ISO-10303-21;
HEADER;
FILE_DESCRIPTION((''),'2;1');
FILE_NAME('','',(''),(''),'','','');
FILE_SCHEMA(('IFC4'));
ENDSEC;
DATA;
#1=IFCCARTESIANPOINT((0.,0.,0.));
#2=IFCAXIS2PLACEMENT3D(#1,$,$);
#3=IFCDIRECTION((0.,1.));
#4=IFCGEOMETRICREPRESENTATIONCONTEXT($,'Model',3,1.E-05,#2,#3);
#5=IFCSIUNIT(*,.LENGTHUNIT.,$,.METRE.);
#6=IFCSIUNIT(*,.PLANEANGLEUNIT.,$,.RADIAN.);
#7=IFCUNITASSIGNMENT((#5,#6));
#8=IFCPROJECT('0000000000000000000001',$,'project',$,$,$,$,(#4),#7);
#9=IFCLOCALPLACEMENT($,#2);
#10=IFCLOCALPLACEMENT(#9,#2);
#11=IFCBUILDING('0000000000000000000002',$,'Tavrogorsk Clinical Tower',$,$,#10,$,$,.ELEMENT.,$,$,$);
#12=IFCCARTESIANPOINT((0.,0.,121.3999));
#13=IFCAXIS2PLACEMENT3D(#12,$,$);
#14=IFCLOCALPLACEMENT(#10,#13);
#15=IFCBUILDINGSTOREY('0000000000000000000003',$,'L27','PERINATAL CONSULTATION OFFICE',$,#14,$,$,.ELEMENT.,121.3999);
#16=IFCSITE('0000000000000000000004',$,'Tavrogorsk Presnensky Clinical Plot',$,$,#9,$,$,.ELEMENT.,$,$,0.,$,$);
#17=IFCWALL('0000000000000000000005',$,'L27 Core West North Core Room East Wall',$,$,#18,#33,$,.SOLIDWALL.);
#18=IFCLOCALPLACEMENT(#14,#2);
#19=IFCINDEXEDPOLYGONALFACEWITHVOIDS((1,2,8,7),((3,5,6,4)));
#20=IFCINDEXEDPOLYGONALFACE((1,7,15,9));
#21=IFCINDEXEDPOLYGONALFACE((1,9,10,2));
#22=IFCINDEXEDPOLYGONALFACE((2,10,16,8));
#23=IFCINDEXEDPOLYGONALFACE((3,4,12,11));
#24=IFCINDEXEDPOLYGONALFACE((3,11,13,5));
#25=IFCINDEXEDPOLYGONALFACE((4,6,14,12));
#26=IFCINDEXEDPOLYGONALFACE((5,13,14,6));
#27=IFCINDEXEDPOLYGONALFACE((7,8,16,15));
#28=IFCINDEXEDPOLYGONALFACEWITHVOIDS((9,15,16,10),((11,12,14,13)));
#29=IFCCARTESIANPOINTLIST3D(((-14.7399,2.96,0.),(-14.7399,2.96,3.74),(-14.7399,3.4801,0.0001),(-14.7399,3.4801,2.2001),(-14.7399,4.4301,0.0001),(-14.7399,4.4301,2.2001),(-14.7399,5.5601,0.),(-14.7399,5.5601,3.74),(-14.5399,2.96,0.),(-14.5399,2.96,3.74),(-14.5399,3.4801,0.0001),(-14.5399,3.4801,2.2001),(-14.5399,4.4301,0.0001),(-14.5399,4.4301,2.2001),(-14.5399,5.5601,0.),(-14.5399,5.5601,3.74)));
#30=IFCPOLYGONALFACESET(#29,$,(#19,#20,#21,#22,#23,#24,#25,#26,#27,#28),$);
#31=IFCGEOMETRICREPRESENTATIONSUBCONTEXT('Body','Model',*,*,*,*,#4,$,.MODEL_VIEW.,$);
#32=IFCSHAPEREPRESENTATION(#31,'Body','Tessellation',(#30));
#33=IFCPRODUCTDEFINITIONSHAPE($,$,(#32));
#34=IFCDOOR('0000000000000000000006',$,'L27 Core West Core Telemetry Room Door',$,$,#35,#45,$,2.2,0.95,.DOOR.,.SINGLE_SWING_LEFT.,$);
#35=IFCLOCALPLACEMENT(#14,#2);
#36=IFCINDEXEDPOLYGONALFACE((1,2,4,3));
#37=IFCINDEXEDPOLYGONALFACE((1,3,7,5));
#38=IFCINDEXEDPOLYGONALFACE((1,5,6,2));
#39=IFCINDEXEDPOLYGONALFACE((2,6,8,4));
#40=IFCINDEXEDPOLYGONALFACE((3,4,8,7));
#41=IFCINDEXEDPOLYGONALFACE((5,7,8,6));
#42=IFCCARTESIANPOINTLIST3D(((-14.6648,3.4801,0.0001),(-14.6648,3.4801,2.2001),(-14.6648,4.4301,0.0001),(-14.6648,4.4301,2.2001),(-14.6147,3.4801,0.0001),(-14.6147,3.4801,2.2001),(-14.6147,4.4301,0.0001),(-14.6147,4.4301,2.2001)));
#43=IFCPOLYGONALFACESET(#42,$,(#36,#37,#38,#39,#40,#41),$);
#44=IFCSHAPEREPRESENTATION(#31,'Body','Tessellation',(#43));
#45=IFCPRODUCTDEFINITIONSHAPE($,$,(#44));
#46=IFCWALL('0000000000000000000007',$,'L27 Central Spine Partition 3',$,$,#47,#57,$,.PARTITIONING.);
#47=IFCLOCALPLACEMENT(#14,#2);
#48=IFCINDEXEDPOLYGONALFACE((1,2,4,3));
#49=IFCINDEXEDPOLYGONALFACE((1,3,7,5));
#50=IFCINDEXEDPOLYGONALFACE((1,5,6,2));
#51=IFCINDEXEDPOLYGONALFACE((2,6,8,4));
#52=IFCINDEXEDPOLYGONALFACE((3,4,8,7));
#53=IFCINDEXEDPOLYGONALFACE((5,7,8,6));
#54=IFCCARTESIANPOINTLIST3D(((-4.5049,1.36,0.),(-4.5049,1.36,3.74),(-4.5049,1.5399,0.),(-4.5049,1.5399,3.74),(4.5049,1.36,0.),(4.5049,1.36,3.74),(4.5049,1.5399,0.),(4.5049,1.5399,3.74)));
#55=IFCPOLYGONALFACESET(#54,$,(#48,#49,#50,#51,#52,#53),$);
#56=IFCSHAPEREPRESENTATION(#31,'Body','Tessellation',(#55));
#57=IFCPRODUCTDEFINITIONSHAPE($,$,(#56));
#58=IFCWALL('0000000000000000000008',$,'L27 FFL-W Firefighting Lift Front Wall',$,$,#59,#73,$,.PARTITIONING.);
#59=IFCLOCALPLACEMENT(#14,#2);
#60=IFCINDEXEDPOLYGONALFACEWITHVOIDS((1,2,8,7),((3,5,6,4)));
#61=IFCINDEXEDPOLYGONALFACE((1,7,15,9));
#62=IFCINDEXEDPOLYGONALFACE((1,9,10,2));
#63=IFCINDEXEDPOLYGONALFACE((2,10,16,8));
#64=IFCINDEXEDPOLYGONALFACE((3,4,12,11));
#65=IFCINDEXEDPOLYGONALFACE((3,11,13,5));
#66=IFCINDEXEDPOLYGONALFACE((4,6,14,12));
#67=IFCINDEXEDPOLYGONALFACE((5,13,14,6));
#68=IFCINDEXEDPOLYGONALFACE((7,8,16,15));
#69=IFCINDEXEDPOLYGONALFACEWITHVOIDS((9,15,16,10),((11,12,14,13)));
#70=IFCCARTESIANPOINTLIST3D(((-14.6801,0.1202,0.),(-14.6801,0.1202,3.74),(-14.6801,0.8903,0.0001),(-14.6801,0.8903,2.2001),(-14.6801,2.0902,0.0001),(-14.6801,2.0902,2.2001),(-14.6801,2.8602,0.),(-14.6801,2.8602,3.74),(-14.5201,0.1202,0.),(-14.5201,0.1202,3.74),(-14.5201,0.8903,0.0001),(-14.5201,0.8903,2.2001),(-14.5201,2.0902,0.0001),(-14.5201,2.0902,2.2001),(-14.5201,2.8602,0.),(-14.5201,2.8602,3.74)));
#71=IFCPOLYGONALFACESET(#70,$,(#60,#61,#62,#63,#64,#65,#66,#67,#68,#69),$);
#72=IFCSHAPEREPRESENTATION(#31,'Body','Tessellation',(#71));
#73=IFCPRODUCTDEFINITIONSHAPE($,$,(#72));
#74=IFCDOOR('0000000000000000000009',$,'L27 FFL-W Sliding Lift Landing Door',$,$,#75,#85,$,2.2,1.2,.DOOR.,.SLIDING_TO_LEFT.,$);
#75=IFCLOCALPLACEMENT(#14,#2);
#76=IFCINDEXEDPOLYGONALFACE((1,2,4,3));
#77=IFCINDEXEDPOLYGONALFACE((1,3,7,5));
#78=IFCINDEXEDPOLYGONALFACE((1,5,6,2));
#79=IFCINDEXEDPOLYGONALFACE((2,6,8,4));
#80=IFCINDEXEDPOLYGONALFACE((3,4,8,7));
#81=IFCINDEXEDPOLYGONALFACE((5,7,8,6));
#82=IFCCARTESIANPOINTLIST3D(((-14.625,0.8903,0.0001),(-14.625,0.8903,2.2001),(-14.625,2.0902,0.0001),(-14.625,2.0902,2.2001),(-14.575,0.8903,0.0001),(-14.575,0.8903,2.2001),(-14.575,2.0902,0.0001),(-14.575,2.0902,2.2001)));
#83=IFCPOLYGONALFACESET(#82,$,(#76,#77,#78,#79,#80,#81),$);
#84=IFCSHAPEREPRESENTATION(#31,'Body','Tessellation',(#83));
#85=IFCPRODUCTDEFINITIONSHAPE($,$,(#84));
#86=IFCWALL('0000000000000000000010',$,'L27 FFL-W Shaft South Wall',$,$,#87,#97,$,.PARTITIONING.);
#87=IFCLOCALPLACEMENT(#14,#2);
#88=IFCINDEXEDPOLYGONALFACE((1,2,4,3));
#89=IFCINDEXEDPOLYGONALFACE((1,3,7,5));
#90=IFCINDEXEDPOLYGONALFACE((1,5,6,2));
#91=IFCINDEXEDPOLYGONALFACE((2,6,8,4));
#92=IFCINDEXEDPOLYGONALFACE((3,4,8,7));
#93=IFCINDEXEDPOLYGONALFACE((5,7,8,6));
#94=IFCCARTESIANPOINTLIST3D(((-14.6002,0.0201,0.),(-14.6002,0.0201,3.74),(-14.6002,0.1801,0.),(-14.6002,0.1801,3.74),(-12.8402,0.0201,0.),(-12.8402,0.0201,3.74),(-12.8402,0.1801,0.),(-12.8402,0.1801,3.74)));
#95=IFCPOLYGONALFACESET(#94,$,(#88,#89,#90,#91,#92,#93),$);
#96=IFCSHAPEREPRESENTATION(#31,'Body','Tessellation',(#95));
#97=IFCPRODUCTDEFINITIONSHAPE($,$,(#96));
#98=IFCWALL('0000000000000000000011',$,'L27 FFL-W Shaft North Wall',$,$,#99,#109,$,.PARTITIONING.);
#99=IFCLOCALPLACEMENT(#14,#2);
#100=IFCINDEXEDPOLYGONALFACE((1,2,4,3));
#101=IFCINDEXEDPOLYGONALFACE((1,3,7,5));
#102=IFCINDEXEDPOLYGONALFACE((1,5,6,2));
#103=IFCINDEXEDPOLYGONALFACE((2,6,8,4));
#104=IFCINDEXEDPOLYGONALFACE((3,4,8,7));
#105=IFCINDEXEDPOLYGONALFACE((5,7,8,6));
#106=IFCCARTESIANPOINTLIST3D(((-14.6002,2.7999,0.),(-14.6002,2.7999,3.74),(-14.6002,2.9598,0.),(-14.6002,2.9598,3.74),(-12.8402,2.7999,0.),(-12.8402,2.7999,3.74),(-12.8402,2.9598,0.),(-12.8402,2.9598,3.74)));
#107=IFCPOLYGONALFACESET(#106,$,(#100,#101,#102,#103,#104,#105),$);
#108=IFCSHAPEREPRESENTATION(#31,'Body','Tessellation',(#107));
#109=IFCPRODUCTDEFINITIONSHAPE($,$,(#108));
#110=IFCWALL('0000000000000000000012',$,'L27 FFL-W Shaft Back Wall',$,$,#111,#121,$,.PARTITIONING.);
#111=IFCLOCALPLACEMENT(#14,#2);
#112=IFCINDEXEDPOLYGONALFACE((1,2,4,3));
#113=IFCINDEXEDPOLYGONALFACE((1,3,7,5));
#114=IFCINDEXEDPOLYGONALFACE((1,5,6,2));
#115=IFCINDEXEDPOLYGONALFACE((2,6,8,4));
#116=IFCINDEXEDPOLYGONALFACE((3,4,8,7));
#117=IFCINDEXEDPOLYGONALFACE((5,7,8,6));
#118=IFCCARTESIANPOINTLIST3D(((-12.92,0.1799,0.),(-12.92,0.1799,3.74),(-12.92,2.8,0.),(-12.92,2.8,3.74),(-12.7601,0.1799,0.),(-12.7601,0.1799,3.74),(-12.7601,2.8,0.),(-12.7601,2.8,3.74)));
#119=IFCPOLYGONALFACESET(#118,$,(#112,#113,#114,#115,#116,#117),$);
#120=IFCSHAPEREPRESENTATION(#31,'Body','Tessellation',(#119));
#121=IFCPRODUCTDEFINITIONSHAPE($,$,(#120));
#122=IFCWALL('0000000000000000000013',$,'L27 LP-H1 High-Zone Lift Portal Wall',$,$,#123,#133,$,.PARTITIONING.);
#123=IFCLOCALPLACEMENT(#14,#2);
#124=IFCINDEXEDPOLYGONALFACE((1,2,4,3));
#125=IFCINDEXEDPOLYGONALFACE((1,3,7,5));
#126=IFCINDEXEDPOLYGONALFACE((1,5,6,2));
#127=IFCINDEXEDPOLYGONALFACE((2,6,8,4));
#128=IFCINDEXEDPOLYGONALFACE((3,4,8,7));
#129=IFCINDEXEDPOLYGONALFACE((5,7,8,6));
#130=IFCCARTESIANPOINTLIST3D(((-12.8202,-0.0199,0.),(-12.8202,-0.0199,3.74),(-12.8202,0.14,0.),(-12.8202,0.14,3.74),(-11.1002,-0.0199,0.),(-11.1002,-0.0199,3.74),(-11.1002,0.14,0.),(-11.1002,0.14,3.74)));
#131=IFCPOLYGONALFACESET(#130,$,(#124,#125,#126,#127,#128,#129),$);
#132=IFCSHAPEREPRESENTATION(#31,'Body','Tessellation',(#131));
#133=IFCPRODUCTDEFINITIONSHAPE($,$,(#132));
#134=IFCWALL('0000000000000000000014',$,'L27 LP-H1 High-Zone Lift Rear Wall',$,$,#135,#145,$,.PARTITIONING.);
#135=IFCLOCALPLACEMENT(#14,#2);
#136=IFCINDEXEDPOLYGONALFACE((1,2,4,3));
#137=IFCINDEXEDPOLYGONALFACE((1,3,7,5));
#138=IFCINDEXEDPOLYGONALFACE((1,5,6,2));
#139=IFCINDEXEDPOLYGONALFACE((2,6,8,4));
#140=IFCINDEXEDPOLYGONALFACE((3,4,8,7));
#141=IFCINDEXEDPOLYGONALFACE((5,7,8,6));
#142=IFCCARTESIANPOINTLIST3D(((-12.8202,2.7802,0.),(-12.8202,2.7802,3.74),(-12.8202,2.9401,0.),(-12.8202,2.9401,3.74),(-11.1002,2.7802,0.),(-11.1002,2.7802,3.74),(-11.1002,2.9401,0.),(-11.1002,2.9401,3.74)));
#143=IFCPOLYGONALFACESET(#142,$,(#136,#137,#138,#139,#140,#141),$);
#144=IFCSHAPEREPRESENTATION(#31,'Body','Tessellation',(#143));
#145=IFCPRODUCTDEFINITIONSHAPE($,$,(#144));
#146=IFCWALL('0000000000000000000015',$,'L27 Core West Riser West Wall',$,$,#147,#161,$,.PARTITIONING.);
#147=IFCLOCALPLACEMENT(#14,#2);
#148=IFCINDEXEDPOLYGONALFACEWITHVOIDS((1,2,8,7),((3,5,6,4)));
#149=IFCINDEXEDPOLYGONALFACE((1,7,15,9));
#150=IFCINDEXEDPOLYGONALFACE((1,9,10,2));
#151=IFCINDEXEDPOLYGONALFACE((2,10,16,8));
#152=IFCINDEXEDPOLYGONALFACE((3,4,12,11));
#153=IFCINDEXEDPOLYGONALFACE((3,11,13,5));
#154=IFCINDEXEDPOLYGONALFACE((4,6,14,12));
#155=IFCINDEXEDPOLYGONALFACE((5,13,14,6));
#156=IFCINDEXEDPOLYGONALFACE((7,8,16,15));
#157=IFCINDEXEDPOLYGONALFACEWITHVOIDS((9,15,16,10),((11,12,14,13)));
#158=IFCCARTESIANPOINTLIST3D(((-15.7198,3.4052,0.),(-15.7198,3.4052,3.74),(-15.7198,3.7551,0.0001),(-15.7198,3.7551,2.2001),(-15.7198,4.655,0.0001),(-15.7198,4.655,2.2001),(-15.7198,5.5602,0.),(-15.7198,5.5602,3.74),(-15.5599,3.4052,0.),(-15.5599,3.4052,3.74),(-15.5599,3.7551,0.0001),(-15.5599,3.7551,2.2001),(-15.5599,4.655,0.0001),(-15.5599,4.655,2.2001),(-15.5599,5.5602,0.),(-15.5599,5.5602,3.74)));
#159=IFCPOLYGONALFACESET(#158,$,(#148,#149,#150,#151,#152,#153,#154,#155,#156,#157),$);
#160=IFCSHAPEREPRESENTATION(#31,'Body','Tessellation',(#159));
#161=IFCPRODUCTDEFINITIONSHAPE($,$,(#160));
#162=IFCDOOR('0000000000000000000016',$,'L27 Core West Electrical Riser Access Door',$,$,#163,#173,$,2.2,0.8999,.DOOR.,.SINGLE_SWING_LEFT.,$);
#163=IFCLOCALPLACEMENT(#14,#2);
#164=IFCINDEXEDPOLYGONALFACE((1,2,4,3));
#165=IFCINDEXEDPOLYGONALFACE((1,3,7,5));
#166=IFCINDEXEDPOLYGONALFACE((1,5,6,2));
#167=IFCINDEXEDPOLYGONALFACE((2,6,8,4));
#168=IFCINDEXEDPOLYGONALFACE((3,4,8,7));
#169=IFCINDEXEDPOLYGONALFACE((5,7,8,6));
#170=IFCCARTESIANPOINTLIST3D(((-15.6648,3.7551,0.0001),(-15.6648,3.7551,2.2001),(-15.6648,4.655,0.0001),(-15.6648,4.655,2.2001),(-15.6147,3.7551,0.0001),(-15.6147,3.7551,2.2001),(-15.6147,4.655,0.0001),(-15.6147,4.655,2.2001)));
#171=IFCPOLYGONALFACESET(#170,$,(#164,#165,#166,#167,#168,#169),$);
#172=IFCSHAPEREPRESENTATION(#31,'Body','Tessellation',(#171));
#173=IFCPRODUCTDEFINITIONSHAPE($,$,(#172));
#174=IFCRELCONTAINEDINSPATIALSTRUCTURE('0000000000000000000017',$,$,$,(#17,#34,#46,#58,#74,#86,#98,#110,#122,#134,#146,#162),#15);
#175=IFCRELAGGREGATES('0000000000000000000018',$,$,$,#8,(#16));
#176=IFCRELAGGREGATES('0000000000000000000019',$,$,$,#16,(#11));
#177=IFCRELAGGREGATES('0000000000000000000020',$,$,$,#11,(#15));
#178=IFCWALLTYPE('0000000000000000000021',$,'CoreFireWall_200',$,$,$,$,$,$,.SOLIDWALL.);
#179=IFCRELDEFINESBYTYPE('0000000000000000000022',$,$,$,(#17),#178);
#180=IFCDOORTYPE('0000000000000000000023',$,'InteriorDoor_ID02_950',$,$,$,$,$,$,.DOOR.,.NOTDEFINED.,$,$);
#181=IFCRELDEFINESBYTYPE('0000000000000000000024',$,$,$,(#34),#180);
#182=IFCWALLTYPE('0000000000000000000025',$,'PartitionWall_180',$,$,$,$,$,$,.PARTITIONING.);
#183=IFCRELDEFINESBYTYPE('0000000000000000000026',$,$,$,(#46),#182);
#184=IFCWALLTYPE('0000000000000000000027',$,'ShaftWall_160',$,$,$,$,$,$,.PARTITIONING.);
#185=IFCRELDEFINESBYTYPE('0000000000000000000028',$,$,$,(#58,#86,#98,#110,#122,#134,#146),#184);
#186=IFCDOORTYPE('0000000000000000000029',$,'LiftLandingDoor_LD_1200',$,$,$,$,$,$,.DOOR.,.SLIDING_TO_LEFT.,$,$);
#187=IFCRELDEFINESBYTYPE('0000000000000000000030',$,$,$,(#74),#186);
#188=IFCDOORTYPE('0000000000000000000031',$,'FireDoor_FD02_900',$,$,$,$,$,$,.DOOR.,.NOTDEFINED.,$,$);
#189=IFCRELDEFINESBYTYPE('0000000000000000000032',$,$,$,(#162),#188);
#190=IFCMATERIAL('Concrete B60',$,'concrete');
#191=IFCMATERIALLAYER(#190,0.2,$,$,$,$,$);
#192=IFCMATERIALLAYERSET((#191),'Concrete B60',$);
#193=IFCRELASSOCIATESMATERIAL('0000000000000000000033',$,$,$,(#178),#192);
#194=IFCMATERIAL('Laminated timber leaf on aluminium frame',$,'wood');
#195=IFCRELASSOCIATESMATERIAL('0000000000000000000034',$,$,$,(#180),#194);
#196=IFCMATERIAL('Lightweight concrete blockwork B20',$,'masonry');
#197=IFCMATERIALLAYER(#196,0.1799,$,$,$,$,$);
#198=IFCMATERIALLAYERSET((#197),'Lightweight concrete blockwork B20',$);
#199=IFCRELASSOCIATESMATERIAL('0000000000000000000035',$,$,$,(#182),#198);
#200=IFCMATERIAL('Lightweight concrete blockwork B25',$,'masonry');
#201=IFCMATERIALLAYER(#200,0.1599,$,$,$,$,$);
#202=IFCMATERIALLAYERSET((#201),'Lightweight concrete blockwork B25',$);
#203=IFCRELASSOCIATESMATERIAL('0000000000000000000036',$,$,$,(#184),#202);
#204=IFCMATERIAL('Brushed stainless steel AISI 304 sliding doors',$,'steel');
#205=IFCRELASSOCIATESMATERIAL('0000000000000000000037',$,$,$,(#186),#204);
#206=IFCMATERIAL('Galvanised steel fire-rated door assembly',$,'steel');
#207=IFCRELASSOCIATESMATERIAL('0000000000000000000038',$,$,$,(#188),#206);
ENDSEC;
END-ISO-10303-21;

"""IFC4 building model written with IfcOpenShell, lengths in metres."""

from ifc_helpers import new_model, si_unit, direction, frame, frame_2d, origin, place, context, subcontext, project, spatial, rectangle, extrude, material, layer, layer_set, type_object, element, fill, save


model = new_model("IFC4")

# Units and contexts
model_context = context("Model", 3, precision=1e-05, world=origin(), true_north=direction((0.0, 1.0)))
body_context = subcontext(model_context, "Body", "Model", "MODEL_VIEW")
ifc_project = project(units=[si_unit("LENGTHUNIT", "METRE"), si_unit("PLANEANGLEUNIT", "RADIAN")], contexts=[model_context])

# Site, building, storey
site_placement = place(None, origin())
site = spatial("IfcSite", under=ifc_project, at=site_placement, Name="Tavrogorsk Presnensky Clinical Plot", CompositionType="ELEMENT", RefElevation=0.0)
building_placement = place(site_placement, origin())
building = spatial("IfcBuilding", under=site, at=building_placement, Name="Tavrogorsk Clinical Tower", CompositionType="ELEMENT")
storey_placement = place(building_placement, frame((0.0, 0.0, 121.3999)))
storey = spatial("IfcBuildingStorey", under=building, at=storey_placement, Name="L27", Description="PERINATAL CONSULTATION OFFICE", CompositionType="ELEMENT", Elevation=121.3999)

# Wall, opening, door
ifc_material_1 = material(Name="Concrete B60", Category="concrete")
ifc_layer_1 = layer(ifc_material_1, 0.2)
ifc_layer_set_1 = layer_set([ifc_layer_1], Name="Concrete B60")
wall_type_1 = type_object("IfcWallType", Name="CoreFireWall_200", PredefinedType="SOLIDWALL", material=ifc_layer_set_1)
wall_1_placement = place(storey_placement, frame((-14.6399, 2.96, 0.0), z_axis=(0.0, 0.0, 1.0), x_axis=(0.0, 1.0, 0.0)))
wall_1 = element("IfcWall", 1, at=wall_1_placement, inside=storey, type_object=wall_type_1, Name="L27 Core West North Core Room East Wall", PredefinedType="SOLIDWALL", context=body_context, shape_type="SweptSolid", body=[
    extrude(rectangle(XDim=2.6001, YDim=0.2, at=frame_2d((1.3, 0.0))), origin(), (0.0, 0.0, 1.0), 3.74),
])
opening_1_placement = place(wall_1_placement, frame((0.52, 0.0, 0.0)))
opening_1 = element("IfcOpeningElement", 2, at=opening_1_placement, cuts=wall_1, PredefinedType="OPENING", context=body_context, shape_type="SweptSolid", body=[
    extrude(rectangle(XDim=0.95, YDim=2.2, at=frame_2d((0.4751, 1.1001))), frame((0.0, 0.1099, 0.0), z_axis=(0.0, -1.0, 0.0), x_axis=(1.0, 0.0, 0.0)), (0.0, 0.0, 1.0), 0.22),
])
ifc_material_2 = material(Name="Laminated timber leaf on aluminium frame", Category="wood")
door_type_1 = type_object("IfcDoorType", Name="InteriorDoor_ID02_950", OperationType="NOTDEFINED", PredefinedType="DOOR", material=ifc_material_2)
door_1_placement = place(opening_1_placement, origin())
door_1 = element("IfcDoor", 3, at=door_1_placement, inside=storey, type_object=door_type_1, Name="L27 Core West Core Telemetry Room Door", OperationType="SINGLE_SWING_LEFT", OverallHeight=2.2, OverallWidth=0.95, PredefinedType="DOOR", context=body_context, shape_type="SweptSolid", body=[
    extrude(rectangle(XDim=0.95, YDim=2.2, at=frame_2d((0.4751, 1.1001))), frame((0.0, 0.0249, 0.0), z_axis=(0.0, -1.0, 0.0), x_axis=(1.0, 0.0, 0.0)), (0.0, 0.0, 1.0), 0.05),
])
fill(opening_1, door_1)

# Wall
ifc_material_3 = material(Name="Lightweight concrete blockwork B20", Category="masonry")
ifc_layer_2 = layer(ifc_material_3, 0.1799)
ifc_layer_set_2 = layer_set([ifc_layer_2], Name="Lightweight concrete blockwork B20")
wall_type_2 = type_object("IfcWallType", Name="PartitionWall_180", PredefinedType="PARTITIONING", material=ifc_layer_set_2)
wall_2_placement = place(storey_placement, frame((-4.5049, 1.45, 0.0), z_axis=(0.0, 0.0, 1.0), x_axis=(1.0, 0.0, 0.0)))
element("IfcWall", 4, at=wall_2_placement, inside=storey, type_object=wall_type_2, Name="L27 Central Spine Partition 3", PredefinedType="PARTITIONING", context=body_context, shape_type="SweptSolid", body=[
    extrude(rectangle(XDim=9.0098, YDim=0.1799, at=frame_2d((4.5049, 0.0))), origin(), (0.0, 0.0, 1.0), 3.74),
])

# Wall, opening, door
ifc_material_4 = material(Name="Lightweight concrete blockwork B25", Category="masonry")
ifc_layer_3 = layer(ifc_material_4, 0.1599)
ifc_layer_set_3 = layer_set([ifc_layer_3], Name="Lightweight concrete blockwork B25")
wall_type_3 = type_object("IfcWallType", Name="ShaftWall_160", PredefinedType="PARTITIONING", material=ifc_layer_set_3)
wall_3_placement = place(storey_placement, frame((-14.6001, 0.1201, 0.0), z_axis=(0.0, 0.0, 1.0), x_axis=(0.0, 1.0, 0.0)))
wall_3 = element("IfcWall", 5, at=wall_3_placement, inside=storey, type_object=wall_type_3, Name="L27 FFL-W Firefighting Lift Front Wall", PredefinedType="PARTITIONING", context=body_context, shape_type="SweptSolid", body=[
    extrude(rectangle(XDim=2.74, YDim=0.1599, at=frame_2d((1.3701, 0.0))), origin(), (0.0, 0.0, 1.0), 3.74),
])
opening_2_placement = place(wall_3_placement, frame((0.77, 0.0, 0.0)))
opening_2 = element("IfcOpeningElement", 6, at=opening_2_placement, cuts=wall_3, PredefinedType="OPENING", context=body_context, shape_type="SweptSolid", body=[
    extrude(rectangle(XDim=1.2, YDim=2.2, at=frame_2d((0.6001, 1.1001))), frame((0.0, 0.0898, 0.0), z_axis=(0.0, -1.0, 0.0), x_axis=(1.0, 0.0, 0.0)), (0.0, 0.0, 1.0), 0.1799),
])
ifc_material_5 = material(Name="Brushed stainless steel AISI 304 sliding doors", Category="steel")
door_type_2 = type_object("IfcDoorType", Name="LiftLandingDoor_LD_1200", OperationType="SLIDING_TO_LEFT", PredefinedType="DOOR", material=ifc_material_5)
door_2_placement = place(opening_2_placement, origin())
door_2 = element("IfcDoor", 7, at=door_2_placement, inside=storey, type_object=door_type_2, Name="L27 FFL-W Sliding Lift Landing Door", OperationType="SLIDING_TO_LEFT", OverallHeight=2.2, OverallWidth=1.2, PredefinedType="DOOR", context=body_context, shape_type="SweptSolid", body=[
    extrude(rectangle(XDim=1.2, YDim=2.2, at=frame_2d((0.6001, 1.1001))), frame((0.0, 0.0249, 0.0), z_axis=(0.0, -1.0, 0.0), x_axis=(1.0, 0.0, 0.0)), (0.0, 0.0, 1.0), 0.05),
])
fill(opening_2, door_2)

# Walls
for number, where, z_axis, x_axis, name in (
    (8, (-14.6001, 0.1001, 0.0), (0.0, 0.0, 1.0), (1.0, 0.0, 0.0), "L27 FFL-W Shaft South Wall"),
    (9, (-14.6001, 2.8799, 0.0), (0.0, 0.0, 1.0), (1.0, 0.0, 0.0), "L27 FFL-W Shaft North Wall"),
):
    element("IfcWall", number, at=place(storey_placement, frame(where, z_axis=z_axis, x_axis=x_axis)), inside=storey, type_object=wall_type_3, Name=name, PredefinedType="PARTITIONING", context=body_context, shape_type="SweptSolid", body=[
        extrude(rectangle(XDim=1.76, YDim=0.1599, at=frame_2d((0.8799, 0.0))), origin(), (0.0, 0.0, 1.0), 3.74),
    ])
wall_4_placement = place(storey_placement, frame((-12.8401, 0.1799, 0.0), z_axis=(0.0, 0.0, 1.0), x_axis=(0.0, 1.0, 0.0)))
element("IfcWall", 10, at=wall_4_placement, inside=storey, type_object=wall_type_3, Name="L27 FFL-W Shaft Back Wall", PredefinedType="PARTITIONING", context=body_context, shape_type="SweptSolid", body=[
    extrude(rectangle(XDim=2.6201, YDim=0.1599, at=frame_2d((1.3101, 0.0))), origin(), (0.0, 0.0, 1.0), 3.74),
])
for number, where, z_axis, x_axis, name in (
    (11, (-12.8201, 0.0601, 0.0), (0.0, 0.0, 1.0), (1.0, 0.0, 0.0), "L27 LP-H1 High-Zone Lift Portal Wall"),
    (12, (-12.8201, 2.8601, 0.0), (0.0, 0.0, 1.0), (1.0, 0.0, 0.0), "L27 LP-H1 High-Zone Lift Rear Wall"),
):
    element("IfcWall", number, at=place(storey_placement, frame(where, z_axis=z_axis, x_axis=x_axis)), inside=storey, type_object=wall_type_3, Name=name, PredefinedType="PARTITIONING", context=body_context, shape_type="SweptSolid", body=[
        extrude(rectangle(XDim=1.72, YDim=0.1599, at=frame_2d((0.8599, 0.0))), origin(), (0.0, 0.0, 1.0), 3.74),
    ])

# Wall, opening, door
wall_5_placement = place(storey_placement, frame((-15.6399, 3.405, 0.0), z_axis=(0.0, 0.0, 1.0), x_axis=(0.0, 1.0, 0.0)))
wall_5 = element("IfcWall", 13, at=wall_5_placement, inside=storey, type_object=wall_type_3, Name="L27 Core West Riser West Wall", PredefinedType="PARTITIONING", context=body_context, shape_type="SweptSolid", body=[
    extrude(rectangle(XDim=2.155, YDim=0.1599, at=frame_2d((1.0776, 0.0))), origin(), (0.0, 0.0, 1.0), 3.74),
])
opening_3_placement = place(wall_5_placement, frame((0.3501, 0.0, 0.0)))
opening_3 = element("IfcOpeningElement", 14, at=opening_3_placement, cuts=wall_5, PredefinedType="OPENING", context=body_context, shape_type="SweptSolid", body=[
    extrude(rectangle(XDim=0.8999, YDim=2.2, at=frame_2d((0.45, 1.1001))), frame((0.0, 0.0898, 0.0), z_axis=(0.0, -1.0, 0.0), x_axis=(1.0, 0.0, 0.0)), (0.0, 0.0, 1.0), 0.1799),
])
ifc_material_6 = material(Name="Galvanised steel fire-rated door assembly", Category="steel")
door_type_3 = type_object("IfcDoorType", Name="FireDoor_FD02_900", OperationType="NOTDEFINED", PredefinedType="DOOR", material=ifc_material_6)
door_3_placement = place(opening_3_placement, origin())
door_3 = element("IfcDoor", 15, at=door_3_placement, inside=storey, type_object=door_type_3, Name="L27 Core West Electrical Riser Access Door", OperationType="SINGLE_SWING_LEFT", OverallHeight=2.2, OverallWidth=0.8999, PredefinedType="DOOR", context=body_context, shape_type="SweptSolid", body=[
    extrude(rectangle(XDim=0.8999, YDim=2.2, at=frame_2d((0.45, 1.1001))), frame((0.0, 0.0249, 0.0), z_axis=(0.0, -1.0, 0.0), x_axis=(1.0, 0.0, 0.0)), (0.0, 0.0, 1.0), 0.05),
])
fill(opening_3, door_3)

save(model, "model.ifc")
